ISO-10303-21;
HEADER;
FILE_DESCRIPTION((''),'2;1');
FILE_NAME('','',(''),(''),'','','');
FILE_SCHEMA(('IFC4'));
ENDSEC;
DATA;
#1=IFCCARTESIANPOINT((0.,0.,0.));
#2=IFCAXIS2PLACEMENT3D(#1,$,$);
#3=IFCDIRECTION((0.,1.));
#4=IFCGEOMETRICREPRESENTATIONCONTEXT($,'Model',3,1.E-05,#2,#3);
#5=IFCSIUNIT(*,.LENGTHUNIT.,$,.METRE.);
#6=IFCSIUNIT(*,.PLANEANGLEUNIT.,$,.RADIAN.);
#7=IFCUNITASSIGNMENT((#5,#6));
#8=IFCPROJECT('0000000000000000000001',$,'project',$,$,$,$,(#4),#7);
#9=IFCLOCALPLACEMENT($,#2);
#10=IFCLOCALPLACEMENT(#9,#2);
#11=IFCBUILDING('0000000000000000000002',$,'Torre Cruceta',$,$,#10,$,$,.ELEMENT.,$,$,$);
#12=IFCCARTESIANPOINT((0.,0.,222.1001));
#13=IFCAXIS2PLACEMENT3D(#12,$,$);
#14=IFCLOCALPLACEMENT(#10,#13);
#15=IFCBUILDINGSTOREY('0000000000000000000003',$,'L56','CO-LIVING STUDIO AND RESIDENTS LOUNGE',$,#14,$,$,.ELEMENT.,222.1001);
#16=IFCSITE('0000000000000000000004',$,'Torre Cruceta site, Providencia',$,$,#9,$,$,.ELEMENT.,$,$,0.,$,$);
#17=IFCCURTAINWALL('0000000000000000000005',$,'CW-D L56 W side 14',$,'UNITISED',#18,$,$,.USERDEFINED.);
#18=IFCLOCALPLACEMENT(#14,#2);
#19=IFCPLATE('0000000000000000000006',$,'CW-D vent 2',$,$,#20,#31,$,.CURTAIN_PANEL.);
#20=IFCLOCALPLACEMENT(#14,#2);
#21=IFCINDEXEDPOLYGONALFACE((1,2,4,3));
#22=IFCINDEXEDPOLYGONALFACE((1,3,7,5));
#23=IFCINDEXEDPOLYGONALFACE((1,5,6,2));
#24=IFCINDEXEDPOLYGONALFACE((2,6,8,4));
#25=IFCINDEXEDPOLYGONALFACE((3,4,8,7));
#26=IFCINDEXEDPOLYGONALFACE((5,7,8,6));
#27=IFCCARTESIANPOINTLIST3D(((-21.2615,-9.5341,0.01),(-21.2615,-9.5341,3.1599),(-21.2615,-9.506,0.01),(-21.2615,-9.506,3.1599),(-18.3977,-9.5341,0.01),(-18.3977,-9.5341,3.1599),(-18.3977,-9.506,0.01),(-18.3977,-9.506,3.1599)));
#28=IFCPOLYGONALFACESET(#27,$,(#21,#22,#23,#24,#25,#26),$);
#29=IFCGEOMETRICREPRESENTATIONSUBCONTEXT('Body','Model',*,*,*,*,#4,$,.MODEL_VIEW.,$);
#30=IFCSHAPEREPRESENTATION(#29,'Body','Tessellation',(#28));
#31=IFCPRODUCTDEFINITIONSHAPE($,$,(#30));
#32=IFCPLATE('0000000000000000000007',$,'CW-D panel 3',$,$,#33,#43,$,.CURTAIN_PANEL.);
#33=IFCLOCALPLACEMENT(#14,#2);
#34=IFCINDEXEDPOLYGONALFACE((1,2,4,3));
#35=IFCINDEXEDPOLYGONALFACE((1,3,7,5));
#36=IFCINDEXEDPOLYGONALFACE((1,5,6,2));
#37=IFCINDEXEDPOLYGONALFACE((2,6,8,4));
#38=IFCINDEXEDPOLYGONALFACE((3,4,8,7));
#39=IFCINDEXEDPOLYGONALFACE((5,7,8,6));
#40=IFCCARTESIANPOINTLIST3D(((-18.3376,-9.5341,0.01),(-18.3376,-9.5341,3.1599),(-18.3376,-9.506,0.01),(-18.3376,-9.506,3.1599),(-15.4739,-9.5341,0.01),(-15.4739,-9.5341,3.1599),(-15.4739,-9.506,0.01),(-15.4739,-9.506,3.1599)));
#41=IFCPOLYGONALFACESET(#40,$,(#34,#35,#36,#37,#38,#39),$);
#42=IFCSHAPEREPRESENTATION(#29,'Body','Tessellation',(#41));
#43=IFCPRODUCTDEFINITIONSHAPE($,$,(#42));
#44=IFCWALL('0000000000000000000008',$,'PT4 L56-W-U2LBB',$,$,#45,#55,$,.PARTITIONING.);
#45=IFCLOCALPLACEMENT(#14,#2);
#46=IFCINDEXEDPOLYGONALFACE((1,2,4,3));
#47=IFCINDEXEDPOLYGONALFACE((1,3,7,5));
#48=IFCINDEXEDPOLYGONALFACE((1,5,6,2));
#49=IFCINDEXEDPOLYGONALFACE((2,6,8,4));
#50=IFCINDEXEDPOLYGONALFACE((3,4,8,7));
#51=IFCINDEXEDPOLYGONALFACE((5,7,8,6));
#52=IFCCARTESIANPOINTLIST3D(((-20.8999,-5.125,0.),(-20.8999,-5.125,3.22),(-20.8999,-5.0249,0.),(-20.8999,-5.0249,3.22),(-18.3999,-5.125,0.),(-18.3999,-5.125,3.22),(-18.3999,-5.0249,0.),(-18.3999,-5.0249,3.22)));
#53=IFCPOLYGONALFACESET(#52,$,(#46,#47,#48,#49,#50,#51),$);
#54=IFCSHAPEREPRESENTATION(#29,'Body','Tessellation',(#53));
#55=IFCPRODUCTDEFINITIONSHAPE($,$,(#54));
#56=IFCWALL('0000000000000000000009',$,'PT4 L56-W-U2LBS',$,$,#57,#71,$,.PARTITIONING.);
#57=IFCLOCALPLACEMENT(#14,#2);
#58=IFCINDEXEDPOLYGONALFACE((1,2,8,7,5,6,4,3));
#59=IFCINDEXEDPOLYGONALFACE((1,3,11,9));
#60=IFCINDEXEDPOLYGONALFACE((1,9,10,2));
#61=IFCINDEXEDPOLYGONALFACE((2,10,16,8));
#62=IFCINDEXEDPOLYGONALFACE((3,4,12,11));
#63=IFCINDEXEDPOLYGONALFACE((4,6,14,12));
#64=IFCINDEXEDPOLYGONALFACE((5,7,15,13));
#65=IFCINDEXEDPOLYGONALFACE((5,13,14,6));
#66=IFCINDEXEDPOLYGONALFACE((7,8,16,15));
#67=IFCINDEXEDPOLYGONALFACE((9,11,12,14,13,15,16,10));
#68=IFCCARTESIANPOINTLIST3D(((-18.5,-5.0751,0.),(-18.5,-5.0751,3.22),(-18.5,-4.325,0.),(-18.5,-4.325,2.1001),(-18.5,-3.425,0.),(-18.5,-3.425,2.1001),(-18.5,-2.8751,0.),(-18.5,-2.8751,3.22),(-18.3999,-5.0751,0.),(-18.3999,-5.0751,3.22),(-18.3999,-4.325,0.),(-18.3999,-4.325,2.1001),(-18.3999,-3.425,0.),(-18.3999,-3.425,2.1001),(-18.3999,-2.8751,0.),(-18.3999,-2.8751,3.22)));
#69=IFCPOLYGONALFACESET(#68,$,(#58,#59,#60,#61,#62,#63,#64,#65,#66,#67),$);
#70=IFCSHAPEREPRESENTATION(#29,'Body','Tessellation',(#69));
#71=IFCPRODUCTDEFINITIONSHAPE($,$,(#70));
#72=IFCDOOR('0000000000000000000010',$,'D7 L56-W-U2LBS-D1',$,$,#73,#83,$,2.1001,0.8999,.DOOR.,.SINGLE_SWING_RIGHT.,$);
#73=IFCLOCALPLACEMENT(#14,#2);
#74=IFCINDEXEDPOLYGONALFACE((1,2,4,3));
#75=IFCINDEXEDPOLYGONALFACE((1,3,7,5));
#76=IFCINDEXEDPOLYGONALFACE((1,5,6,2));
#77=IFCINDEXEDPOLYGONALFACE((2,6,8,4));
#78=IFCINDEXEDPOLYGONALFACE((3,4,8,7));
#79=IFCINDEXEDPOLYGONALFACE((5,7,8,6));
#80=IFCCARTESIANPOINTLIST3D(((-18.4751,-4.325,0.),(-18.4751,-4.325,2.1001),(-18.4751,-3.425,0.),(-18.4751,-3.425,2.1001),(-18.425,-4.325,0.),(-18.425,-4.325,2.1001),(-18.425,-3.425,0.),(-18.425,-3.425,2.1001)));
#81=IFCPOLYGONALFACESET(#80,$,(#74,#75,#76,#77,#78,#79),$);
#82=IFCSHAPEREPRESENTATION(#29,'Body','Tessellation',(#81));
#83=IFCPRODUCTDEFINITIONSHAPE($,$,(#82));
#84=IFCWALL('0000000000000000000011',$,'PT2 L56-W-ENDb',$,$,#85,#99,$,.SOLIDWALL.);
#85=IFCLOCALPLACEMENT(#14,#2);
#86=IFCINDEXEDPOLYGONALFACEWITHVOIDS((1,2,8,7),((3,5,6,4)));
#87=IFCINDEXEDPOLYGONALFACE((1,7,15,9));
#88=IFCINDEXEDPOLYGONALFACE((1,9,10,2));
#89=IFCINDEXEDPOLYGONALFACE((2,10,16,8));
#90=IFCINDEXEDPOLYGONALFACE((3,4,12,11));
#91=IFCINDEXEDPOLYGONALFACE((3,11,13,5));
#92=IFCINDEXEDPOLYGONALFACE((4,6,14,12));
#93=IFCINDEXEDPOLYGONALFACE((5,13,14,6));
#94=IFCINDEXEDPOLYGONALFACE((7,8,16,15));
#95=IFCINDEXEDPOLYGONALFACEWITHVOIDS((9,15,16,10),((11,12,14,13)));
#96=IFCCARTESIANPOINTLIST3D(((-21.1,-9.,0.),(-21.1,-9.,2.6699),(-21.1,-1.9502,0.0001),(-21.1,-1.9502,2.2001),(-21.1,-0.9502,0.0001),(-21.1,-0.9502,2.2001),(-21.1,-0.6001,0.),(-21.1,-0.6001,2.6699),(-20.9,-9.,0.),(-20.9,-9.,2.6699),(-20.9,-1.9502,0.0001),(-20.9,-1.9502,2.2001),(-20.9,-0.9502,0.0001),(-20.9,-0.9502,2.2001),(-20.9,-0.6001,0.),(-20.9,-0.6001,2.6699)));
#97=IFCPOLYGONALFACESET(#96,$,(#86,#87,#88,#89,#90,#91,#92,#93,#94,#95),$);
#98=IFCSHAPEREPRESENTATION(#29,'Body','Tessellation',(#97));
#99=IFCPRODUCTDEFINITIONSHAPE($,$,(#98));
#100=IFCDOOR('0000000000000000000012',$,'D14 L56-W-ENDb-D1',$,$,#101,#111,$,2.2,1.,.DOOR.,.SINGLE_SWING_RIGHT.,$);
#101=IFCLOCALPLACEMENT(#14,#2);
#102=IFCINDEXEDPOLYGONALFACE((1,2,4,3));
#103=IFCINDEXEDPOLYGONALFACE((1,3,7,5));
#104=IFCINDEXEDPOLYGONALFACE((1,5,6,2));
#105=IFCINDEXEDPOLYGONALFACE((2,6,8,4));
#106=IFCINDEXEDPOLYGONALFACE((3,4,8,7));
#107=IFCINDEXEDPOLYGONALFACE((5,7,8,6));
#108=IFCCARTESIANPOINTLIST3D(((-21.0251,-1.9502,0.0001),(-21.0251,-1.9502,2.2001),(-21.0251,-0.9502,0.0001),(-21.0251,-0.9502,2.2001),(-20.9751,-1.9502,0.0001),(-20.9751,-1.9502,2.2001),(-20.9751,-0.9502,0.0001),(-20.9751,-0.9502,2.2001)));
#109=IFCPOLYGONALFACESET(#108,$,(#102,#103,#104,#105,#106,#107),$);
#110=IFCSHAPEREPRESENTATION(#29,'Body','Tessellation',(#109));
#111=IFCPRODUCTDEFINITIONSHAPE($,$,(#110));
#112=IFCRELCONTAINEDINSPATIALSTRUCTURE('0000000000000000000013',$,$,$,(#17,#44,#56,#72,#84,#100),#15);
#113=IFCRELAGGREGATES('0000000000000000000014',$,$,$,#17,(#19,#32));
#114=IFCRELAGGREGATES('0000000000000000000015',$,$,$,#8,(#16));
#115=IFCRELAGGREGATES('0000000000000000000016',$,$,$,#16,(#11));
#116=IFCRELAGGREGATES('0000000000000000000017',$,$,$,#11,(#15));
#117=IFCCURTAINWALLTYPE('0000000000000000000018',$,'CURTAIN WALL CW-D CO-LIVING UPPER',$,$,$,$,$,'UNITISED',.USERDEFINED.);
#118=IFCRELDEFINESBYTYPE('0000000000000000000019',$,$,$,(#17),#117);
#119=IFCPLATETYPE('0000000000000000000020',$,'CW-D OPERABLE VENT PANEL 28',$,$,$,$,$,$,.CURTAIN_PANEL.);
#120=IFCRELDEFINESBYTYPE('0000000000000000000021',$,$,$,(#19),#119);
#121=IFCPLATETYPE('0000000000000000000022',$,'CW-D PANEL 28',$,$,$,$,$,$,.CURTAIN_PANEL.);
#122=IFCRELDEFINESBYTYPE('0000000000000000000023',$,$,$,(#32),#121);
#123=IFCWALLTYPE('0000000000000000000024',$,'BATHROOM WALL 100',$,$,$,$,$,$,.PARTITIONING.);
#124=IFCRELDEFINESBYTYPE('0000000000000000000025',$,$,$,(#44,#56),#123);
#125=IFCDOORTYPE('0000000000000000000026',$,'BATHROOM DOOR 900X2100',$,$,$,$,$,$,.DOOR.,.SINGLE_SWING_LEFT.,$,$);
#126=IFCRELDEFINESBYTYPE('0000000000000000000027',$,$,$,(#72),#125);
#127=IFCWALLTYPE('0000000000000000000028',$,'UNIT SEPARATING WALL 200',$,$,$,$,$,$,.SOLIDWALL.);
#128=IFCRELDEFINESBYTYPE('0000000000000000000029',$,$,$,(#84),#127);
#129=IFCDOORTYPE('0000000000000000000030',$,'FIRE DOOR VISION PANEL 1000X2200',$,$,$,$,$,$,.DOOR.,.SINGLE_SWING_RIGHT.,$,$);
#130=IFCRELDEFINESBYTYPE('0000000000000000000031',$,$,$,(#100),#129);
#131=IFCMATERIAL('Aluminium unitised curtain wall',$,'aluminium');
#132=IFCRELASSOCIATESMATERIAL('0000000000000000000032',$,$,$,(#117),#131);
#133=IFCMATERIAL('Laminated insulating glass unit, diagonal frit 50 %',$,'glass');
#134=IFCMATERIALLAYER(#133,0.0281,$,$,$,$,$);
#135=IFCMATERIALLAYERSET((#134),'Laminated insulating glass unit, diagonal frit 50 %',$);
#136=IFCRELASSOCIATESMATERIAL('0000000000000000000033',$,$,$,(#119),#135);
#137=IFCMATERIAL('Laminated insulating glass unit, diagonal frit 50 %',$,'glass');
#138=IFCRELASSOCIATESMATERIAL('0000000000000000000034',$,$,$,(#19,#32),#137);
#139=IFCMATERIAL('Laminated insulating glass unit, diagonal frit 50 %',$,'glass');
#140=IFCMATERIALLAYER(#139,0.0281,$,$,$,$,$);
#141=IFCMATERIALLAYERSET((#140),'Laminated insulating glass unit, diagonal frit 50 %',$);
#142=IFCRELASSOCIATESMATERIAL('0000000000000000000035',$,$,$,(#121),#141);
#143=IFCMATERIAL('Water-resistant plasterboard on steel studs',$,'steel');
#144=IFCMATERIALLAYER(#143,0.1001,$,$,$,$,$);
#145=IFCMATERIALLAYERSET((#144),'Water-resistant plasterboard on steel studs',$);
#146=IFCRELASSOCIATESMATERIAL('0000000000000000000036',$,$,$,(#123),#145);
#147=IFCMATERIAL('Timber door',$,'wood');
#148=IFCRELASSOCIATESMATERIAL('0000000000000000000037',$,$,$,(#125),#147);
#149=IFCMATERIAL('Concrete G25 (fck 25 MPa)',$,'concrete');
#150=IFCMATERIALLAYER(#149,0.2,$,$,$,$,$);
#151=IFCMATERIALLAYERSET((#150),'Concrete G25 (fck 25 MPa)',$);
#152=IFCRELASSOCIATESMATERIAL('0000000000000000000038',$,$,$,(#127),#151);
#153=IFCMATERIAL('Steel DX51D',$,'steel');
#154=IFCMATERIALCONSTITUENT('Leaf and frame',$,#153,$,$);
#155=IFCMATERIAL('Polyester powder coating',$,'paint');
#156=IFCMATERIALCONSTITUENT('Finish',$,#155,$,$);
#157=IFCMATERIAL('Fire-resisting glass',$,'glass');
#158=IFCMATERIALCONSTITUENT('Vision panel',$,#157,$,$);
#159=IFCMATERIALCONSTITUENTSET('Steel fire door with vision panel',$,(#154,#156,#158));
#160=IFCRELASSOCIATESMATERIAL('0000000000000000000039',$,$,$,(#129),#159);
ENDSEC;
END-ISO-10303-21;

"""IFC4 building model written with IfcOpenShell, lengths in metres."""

from ifc_helpers import new_model, si_unit, direction, frame, frame_2d, origin, origin_2d, place, context, subcontext, project, spatial, rectangle, extrude, material, layer, layer_set, constituent, constituent_set, type_object, element, fill, aggregate, save


model = new_model("IFC4")

# Units and contexts
model_context = context("Model", 3, precision=1e-05, world=origin(), true_north=direction((0.0, 1.0)))
body_context = subcontext(model_context, "Body", "Model", "MODEL_VIEW")
ifc_project = project(units=[si_unit("LENGTHUNIT", "METRE"), si_unit("PLANEANGLEUNIT", "RADIAN")], contexts=[model_context])

# Site, building, storey
site_placement = place(None, origin())
site = spatial("IfcSite", under=ifc_project, at=site_placement, Name="Torre Cruceta site, Providencia", CompositionType="ELEMENT", RefElevation=0.0)
building_placement = place(site_placement, origin())
building = spatial("IfcBuilding", under=site, at=building_placement, Name="Torre Cruceta", CompositionType="ELEMENT")
storey_placement = place(building_placement, frame((0.0, 0.0, 222.1001)))
storey = spatial("IfcBuildingStorey", under=building, at=storey_placement, Name="L56", Description="CO-LIVING STUDIO AND RESIDENTS LOUNGE", CompositionType="ELEMENT", Elevation=222.1001)

# Curtain wall
ifc_material_1 = material(Name="Aluminium unitised curtain wall", Category="aluminium")
curtain_wall_type = type_object("IfcCurtainWallType", Name="CURTAIN WALL CW-D CO-LIVING UPPER", ElementType="UNITISED", PredefinedType="USERDEFINED", material=ifc_material_1)
curtain_wall_placement = place(storey_placement, origin())
curtain_wall = element("IfcCurtainWall", 1, at=curtain_wall_placement, inside=storey, type_object=curtain_wall_type, Name="CW-D L56 W side 14", ObjectType="UNITISED", PredefinedType="USERDEFINED")

# Plates
ifc_material_2 = material(Name="Laminated insulating glass unit, diagonal frit 50 %", Category="glass")
ifc_material_3 = material(Name="Laminated insulating glass unit, diagonal frit 50 %", Category="glass")
ifc_layer_1 = layer(ifc_material_3, 0.0281)
ifc_layer_set_1 = layer_set([ifc_layer_1], Name="Laminated insulating glass unit, diagonal frit 50 %")
plate_type_1 = type_object("IfcPlateType", Name="CW-D OPERABLE VENT PANEL 28", PredefinedType="CURTAIN_PANEL", material=ifc_layer_set_1)
plate_1_placement = place(storey_placement, frame((-19.8296, -9.52, 0.01), z_axis=(0.0, 0.0, 1.0), x_axis=(1.0, 0.0, 0.0)))
plate_1 = element("IfcPlate", 2, at=plate_1_placement, type_object=plate_type_1, material=ifc_material_2, Name="CW-D vent 2", PredefinedType="CURTAIN_PANEL", context=body_context, shape_type="SweptSolid", body=[
    extrude(rectangle(XDim=2.8638, YDim=0.0281, at=origin_2d()), origin(), (0.0, 0.0, 1.0), 3.1499),
])
ifc_material_4 = material(Name="Laminated insulating glass unit, diagonal frit 50 %", Category="glass")
ifc_layer_2 = layer(ifc_material_4, 0.0281)
ifc_layer_set_2 = layer_set([ifc_layer_2], Name="Laminated insulating glass unit, diagonal frit 50 %")
plate_type_2 = type_object("IfcPlateType", Name="CW-D PANEL 28", PredefinedType="CURTAIN_PANEL", material=ifc_layer_set_2)
plate_2_placement = place(storey_placement, frame((-16.9058, -9.52, 0.01), z_axis=(0.0, 0.0, 1.0), x_axis=(1.0, 0.0, 0.0)))
plate_2 = element("IfcPlate", 3, at=plate_2_placement, type_object=plate_type_2, material=ifc_material_2, Name="CW-D panel 3", PredefinedType="CURTAIN_PANEL", context=body_context, shape_type="SweptSolid", body=[
    extrude(rectangle(XDim=2.8638, YDim=0.0281, at=origin_2d()), origin(), (0.0, 0.0, 1.0), 3.1499),
])
aggregate(curtain_wall, [plate_1, plate_2])

# Wall
ifc_material_5 = material(Name="Water-resistant plasterboard on steel studs", Category="steel")
ifc_layer_3 = layer(ifc_material_5, 0.1001)
ifc_layer_set_3 = layer_set([ifc_layer_3], Name="Water-resistant plasterboard on steel studs")
wall_type_1 = type_object("IfcWallType", Name="BATHROOM WALL 100", PredefinedType="PARTITIONING", material=ifc_layer_set_3)
wall_1_placement = place(storey_placement, frame((-18.3999, -5.075, 0.0), z_axis=(0.0, 0.0, 1.0), x_axis=(-1.0, 0.0, 0.0)))
element("IfcWall", 4, at=wall_1_placement, inside=storey, type_object=wall_type_1, Name="PT4 L56-W-U2LBB", PredefinedType="PARTITIONING", context=body_context, shape_type="SweptSolid", body=[
    extrude(rectangle(XDim=2.5, YDim=0.1001, at=frame_2d((1.25, 0.0))), origin(), (0.0, 0.0, 1.0), 3.22),
])

# Walls, openings, doors
wall_2_placement = place(storey_placement, frame((-18.45, -2.875, 0.0), z_axis=(0.0, 0.0, 1.0), x_axis=(0.0, -1.0, 0.0)))
wall_2 = element("IfcWall", 5, at=wall_2_placement, inside=storey, type_object=wall_type_1, Name="PT4 L56-W-U2LBS", PredefinedType="PARTITIONING", context=body_context, shape_type="SweptSolid", body=[
    extrude(rectangle(XDim=2.2, YDim=0.1001, at=frame_2d((1.1001, 0.0))), origin(), (0.0, 0.0, 1.0), 3.22),
])
opening_1_placement = place(wall_2_placement, frame((0.55, 0.0, 0.0)))
opening_1 = element("IfcOpeningElement", 6, at=opening_1_placement, cuts=wall_2, PredefinedType="OPENING", context=body_context, shape_type="SweptSolid", body=[
    extrude(rectangle(XDim=0.8999, YDim=2.1001, at=frame_2d((0.45, 1.05))), frame((0.0, 0.0601, 0.0), z_axis=(0.0, -1.0, 0.0), x_axis=(1.0, 0.0, 0.0)), (0.0, 0.0, 1.0), 0.1201),
])
ifc_material_6 = material(Name="Timber door", Category="wood")
door_type_1 = type_object("IfcDoorType", Name="BATHROOM DOOR 900X2100", OperationType="SINGLE_SWING_LEFT", PredefinedType="DOOR", material=ifc_material_6)
door_1_placement = place(opening_1_placement, frame((0.8999, 0.0, 0.0), z_axis=(0.0, 0.0, 1.0), x_axis=(-1.0, 0.0, 0.0)))
door_1 = element("IfcDoor", 7, at=door_1_placement, inside=storey, type_object=door_type_1, Name="D7 L56-W-U2LBS-D1", OperationType="SINGLE_SWING_RIGHT", OverallHeight=2.1001, OverallWidth=0.8999, PredefinedType="DOOR", context=body_context, shape_type="SweptSolid", body=[
    extrude(rectangle(XDim=0.8999, YDim=2.1001, at=frame_2d((0.45, 1.05))), frame((0.0, 0.0251, 0.0), z_axis=(0.0, -1.0, 0.0), x_axis=(1.0, 0.0, 0.0)), (0.0, 0.0, 1.0), 0.05),
])
fill(opening_1, door_1)
ifc_material_7 = material(Name="Concrete G25 (fck 25 MPa)", Category="concrete")
ifc_layer_4 = layer(ifc_material_7, 0.2)
ifc_layer_set_4 = layer_set([ifc_layer_4], Name="Concrete G25 (fck 25 MPa)")
wall_type_2 = type_object("IfcWallType", Name="UNIT SEPARATING WALL 200", PredefinedType="SOLIDWALL", material=ifc_layer_set_4)
wall_3_placement = place(storey_placement, frame((-21.0, -0.6001, 0.0), z_axis=(0.0, 0.0, 1.0), x_axis=(0.0, -1.0, 0.0)))
wall_3 = element("IfcWall", 8, at=wall_3_placement, inside=storey, type_object=wall_type_2, Name="PT2 L56-W-ENDb", PredefinedType="SOLIDWALL", context=body_context, shape_type="SweptSolid", body=[
    extrude(rectangle(XDim=8.3999, YDim=0.2, at=frame_2d((4.2, 0.0))), origin(), (0.0, 0.0, 1.0), 2.6699),
])
opening_2_placement = place(wall_3_placement, frame((0.3501, 0.0, 0.0)))
opening_2 = element("IfcOpeningElement", 9, at=opening_2_placement, cuts=wall_3, PredefinedType="OPENING", context=body_context, shape_type="SweptSolid", body=[
    extrude(rectangle(XDim=1.0, YDim=2.2, at=frame_2d((0.5, 1.1001))), frame((0.0, 0.1099, 0.0), z_axis=(0.0, -1.0, 0.0), x_axis=(1.0, 0.0, 0.0)), (0.0, 0.0, 1.0), 0.22),
])
ifc_material_8 = material(Name="Steel DX51D", Category="steel")
ifc_constituent_1 = constituent(ifc_material_8, Name="Leaf and frame")
ifc_material_9 = material(Name="Polyester powder coating", Category="paint")
ifc_constituent_2 = constituent(ifc_material_9, Name="Finish")
ifc_material_10 = material(Name="Fire-resisting glass", Category="glass")
ifc_constituent_3 = constituent(ifc_material_10, Name="Vision panel")
ifc_constituent_set = constituent_set(constituents=[ifc_constituent_1, ifc_constituent_2, ifc_constituent_3], Name="Steel fire door with vision panel")
door_type_2 = type_object("IfcDoorType", Name="FIRE DOOR VISION PANEL 1000X2200", OperationType="SINGLE_SWING_RIGHT", PredefinedType="DOOR", material=ifc_constituent_set)
door_2_placement = place(opening_2_placement, frame((1.0, 0.0, 0.0), z_axis=(0.0, 0.0, 1.0), x_axis=(-1.0, 0.0, 0.0)))
door_2 = element("IfcDoor", 10, at=door_2_placement, inside=storey, type_object=door_type_2, Name="D14 L56-W-ENDb-D1", OperationType="SINGLE_SWING_RIGHT", OverallHeight=2.2, OverallWidth=1.0, PredefinedType="DOOR", context=body_context, shape_type="SweptSolid", body=[
    extrude(rectangle(XDim=1.0, YDim=2.2, at=frame_2d((0.5, 1.1001))), frame((0.0, 0.0251, 0.0), z_axis=(0.0, -1.0, 0.0), x_axis=(1.0, 0.0, 0.0)), (0.0, 0.0, 1.0), 0.05),
])
fill(opening_2, door_2)

save(model, "model.ifc")
